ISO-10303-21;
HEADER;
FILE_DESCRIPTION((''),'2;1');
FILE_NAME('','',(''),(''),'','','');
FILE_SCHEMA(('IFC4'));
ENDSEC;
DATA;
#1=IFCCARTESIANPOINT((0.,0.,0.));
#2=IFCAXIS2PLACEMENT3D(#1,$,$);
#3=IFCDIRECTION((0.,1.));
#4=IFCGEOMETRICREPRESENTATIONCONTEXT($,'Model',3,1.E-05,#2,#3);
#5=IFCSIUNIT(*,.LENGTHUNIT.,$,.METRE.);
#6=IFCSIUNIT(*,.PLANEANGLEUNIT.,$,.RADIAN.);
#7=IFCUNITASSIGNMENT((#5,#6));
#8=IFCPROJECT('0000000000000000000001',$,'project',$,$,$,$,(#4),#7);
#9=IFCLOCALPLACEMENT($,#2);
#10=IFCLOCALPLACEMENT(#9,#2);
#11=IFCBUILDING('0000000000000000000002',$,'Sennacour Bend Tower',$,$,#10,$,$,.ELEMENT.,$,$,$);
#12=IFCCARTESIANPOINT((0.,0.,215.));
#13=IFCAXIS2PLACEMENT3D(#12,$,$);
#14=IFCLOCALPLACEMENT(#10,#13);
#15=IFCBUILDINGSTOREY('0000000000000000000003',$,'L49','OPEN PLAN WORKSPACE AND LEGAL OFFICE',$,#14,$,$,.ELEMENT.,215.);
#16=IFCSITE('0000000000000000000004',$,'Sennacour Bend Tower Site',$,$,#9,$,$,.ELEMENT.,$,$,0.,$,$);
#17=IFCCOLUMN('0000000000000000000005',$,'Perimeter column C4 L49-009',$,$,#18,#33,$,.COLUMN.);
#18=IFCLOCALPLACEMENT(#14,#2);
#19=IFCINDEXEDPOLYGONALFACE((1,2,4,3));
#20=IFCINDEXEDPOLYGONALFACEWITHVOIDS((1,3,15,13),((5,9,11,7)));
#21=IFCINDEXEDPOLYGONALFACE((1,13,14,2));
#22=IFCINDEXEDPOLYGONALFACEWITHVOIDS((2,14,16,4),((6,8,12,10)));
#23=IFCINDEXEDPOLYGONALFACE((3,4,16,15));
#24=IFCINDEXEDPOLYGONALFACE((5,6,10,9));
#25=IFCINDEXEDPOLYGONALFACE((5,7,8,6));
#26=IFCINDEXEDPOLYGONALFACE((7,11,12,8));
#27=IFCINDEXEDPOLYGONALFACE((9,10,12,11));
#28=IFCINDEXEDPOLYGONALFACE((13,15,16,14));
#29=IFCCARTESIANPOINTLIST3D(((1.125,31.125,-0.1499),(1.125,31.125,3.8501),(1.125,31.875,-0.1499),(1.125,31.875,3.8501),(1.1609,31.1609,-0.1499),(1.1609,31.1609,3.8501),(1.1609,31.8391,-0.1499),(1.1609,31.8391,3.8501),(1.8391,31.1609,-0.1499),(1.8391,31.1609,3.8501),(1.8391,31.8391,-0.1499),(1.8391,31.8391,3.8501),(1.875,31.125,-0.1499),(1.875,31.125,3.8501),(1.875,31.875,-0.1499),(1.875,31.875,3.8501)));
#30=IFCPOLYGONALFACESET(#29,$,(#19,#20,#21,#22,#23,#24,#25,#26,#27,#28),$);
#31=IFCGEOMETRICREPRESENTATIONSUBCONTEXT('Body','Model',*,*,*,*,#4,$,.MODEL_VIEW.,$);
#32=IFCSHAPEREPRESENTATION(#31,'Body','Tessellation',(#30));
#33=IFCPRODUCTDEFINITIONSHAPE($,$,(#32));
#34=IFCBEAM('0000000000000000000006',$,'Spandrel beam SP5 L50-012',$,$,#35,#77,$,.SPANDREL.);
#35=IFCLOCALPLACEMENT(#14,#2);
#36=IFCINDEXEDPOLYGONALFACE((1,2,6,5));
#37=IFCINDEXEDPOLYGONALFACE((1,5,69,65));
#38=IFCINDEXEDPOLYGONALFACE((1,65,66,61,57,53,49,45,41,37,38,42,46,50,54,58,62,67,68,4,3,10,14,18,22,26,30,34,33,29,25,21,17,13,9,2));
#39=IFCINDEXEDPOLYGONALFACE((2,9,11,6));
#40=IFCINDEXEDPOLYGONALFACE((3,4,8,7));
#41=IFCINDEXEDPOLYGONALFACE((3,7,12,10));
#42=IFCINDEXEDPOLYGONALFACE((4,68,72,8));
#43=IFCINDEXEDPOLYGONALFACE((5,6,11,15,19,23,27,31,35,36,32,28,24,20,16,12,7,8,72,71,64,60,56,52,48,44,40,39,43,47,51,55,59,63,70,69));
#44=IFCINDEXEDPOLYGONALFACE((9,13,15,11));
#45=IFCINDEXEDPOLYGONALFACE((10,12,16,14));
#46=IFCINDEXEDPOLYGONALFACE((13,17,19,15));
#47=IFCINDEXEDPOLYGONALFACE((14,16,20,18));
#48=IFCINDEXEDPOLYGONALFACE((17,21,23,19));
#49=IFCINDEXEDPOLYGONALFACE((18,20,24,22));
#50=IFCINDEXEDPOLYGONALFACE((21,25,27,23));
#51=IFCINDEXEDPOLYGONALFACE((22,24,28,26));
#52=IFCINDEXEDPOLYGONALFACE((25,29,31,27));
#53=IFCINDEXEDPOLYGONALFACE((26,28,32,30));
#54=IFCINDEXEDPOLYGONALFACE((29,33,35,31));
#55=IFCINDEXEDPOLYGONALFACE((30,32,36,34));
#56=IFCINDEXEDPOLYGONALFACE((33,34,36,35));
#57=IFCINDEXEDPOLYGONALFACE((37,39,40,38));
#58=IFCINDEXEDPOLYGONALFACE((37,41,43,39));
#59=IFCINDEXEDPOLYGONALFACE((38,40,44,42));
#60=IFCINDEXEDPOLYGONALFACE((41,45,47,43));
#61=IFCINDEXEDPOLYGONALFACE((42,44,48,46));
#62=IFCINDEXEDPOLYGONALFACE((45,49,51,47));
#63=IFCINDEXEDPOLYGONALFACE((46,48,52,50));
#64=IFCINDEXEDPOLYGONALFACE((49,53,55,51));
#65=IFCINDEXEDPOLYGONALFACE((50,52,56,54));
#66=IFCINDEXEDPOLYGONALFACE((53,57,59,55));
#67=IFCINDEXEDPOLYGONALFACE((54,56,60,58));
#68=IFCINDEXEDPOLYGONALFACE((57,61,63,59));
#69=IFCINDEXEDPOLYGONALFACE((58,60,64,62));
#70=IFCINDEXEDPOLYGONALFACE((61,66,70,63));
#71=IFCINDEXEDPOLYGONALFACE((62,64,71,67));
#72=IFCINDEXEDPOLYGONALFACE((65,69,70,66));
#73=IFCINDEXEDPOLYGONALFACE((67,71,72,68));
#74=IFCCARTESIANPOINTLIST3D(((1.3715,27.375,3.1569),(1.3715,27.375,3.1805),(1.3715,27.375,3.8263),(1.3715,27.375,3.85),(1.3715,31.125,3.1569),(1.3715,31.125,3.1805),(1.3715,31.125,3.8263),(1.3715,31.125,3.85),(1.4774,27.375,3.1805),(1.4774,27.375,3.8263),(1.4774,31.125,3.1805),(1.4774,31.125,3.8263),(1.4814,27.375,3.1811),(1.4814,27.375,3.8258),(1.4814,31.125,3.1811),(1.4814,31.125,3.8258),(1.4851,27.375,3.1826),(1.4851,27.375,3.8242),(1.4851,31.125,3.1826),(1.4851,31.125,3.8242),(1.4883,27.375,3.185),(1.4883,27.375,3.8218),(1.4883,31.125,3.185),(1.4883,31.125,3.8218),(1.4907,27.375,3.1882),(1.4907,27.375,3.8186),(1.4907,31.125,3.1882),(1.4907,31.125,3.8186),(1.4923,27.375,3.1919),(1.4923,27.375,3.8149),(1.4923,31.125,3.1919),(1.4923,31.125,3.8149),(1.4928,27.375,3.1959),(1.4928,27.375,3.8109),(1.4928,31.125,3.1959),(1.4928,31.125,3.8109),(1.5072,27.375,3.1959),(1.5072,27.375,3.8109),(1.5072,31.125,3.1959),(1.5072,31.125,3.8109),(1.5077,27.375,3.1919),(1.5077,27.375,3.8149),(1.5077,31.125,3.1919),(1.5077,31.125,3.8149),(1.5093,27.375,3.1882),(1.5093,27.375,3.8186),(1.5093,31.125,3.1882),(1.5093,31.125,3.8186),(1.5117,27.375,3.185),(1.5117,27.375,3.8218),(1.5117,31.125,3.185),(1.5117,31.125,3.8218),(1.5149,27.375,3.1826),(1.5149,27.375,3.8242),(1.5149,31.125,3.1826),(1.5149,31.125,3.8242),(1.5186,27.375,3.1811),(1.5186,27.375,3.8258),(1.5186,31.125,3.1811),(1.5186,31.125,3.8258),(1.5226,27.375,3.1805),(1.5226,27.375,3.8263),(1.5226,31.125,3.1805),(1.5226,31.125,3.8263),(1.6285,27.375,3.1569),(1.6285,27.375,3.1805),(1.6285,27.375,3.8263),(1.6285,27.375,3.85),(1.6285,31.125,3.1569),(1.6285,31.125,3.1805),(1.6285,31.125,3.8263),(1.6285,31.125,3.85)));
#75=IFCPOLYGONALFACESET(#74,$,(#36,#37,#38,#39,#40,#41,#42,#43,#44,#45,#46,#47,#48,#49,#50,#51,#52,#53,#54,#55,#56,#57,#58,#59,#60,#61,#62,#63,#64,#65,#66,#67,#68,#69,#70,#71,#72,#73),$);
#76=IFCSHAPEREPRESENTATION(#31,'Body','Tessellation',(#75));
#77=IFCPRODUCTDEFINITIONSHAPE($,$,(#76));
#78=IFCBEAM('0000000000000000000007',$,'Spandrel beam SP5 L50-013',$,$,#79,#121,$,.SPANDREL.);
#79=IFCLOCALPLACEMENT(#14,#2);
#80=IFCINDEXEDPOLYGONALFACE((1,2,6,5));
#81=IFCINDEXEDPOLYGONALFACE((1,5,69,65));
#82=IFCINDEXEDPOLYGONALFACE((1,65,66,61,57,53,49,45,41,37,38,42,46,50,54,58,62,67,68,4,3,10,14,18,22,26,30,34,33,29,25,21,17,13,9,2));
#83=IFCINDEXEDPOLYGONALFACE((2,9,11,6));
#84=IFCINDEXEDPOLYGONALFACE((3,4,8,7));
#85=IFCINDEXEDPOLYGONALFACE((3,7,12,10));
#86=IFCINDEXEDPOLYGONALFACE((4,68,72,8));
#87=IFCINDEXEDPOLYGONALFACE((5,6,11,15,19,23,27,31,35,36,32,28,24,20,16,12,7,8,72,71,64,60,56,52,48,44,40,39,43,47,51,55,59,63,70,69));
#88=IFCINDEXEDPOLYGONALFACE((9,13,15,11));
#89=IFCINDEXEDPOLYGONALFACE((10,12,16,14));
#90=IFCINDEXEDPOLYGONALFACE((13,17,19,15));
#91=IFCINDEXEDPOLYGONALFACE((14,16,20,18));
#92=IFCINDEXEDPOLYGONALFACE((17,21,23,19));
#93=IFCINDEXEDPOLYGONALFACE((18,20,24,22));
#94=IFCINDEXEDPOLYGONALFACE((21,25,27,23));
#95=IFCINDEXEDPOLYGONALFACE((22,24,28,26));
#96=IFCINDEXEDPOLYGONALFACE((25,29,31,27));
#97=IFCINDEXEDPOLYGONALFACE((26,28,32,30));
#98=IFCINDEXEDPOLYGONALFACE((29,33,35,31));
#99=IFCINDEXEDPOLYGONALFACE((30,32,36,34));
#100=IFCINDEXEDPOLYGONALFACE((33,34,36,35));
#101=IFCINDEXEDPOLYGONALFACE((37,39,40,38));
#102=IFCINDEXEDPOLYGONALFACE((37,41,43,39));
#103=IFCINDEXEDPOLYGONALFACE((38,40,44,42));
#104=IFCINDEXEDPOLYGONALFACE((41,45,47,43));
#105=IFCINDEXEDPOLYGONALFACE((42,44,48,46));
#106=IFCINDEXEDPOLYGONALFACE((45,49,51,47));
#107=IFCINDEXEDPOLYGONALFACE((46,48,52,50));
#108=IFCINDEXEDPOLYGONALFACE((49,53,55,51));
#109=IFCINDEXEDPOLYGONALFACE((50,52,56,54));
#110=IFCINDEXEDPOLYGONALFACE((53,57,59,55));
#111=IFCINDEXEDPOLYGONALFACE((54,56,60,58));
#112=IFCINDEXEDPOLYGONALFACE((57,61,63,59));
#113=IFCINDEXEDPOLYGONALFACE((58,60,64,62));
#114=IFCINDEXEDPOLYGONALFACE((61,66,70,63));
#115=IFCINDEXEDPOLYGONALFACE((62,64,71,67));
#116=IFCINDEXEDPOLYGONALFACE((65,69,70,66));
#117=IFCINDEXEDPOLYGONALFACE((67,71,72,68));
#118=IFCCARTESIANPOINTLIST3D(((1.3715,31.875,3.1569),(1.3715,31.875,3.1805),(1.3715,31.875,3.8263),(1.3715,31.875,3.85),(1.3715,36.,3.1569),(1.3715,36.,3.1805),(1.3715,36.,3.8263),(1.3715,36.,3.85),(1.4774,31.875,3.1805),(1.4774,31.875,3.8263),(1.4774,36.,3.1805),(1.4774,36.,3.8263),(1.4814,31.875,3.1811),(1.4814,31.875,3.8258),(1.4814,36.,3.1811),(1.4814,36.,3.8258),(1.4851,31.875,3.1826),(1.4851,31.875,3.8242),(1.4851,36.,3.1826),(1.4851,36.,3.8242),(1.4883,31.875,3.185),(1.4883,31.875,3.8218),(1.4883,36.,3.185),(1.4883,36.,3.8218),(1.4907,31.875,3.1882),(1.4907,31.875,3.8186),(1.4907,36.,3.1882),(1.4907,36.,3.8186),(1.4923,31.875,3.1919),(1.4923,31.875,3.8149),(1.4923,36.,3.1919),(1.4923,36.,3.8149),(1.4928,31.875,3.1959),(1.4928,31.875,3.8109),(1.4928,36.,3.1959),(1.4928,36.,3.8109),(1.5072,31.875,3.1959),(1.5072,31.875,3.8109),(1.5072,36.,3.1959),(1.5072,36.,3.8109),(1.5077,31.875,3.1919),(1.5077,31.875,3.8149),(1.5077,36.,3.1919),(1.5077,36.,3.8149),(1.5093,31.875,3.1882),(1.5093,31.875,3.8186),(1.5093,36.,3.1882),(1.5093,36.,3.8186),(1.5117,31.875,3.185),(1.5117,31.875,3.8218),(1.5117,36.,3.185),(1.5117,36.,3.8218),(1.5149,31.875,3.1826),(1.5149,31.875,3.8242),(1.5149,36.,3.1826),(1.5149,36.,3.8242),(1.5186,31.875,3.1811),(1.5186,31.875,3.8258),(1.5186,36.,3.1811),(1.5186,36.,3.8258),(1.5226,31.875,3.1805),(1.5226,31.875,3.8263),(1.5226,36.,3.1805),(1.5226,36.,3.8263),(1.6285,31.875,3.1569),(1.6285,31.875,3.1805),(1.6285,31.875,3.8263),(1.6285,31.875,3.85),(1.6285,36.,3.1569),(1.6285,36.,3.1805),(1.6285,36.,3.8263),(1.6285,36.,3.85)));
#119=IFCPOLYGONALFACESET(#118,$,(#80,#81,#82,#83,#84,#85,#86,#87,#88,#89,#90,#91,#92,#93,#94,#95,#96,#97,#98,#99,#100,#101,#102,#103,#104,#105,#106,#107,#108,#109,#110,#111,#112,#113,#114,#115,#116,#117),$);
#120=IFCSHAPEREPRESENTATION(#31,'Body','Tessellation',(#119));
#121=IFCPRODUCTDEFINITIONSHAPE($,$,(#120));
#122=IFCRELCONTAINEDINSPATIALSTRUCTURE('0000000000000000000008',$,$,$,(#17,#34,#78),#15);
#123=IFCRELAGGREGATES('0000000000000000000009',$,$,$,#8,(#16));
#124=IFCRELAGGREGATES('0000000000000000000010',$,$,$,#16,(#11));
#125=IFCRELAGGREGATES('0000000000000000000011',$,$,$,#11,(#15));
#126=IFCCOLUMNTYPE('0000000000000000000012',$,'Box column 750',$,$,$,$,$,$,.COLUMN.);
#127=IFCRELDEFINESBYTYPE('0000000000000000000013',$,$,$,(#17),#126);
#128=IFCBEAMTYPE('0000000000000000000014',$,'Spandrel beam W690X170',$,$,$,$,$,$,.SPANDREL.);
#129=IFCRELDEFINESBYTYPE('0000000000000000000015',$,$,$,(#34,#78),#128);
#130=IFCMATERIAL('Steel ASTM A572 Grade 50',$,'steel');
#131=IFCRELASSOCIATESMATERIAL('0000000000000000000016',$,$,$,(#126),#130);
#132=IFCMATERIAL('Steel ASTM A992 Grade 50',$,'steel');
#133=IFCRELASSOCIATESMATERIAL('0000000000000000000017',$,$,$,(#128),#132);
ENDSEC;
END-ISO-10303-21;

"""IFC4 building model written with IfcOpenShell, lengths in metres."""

from ifc_helpers import new_model, si_unit, direction, frame, origin, origin_2d, place, context, subcontext, project, spatial, hollow_rectangle, i_section, extrude, material, material_profile, profile_set, type_object, element, save


model = new_model("IFC4")

# Units and contexts
model_context = context("Model", 3, precision=1e-05, world=origin(), true_north=direction((0.0, 1.0)))
body_context = subcontext(model_context, "Body", "Model", "MODEL_VIEW")
ifc_project = project(units=[si_unit("LENGTHUNIT", "METRE"), si_unit("PLANEANGLEUNIT", "RADIAN")], contexts=[model_context])

# Site, building, storey
site_placement = place(None, origin())
site = spatial("IfcSite", under=ifc_project, at=site_placement, Name="Sennacour Bend Tower Site", CompositionType="ELEMENT", RefElevation=0.0)
building_placement = place(site_placement, origin())
building = spatial("IfcBuilding", under=site, at=building_placement, Name="Sennacour Bend Tower", CompositionType="ELEMENT")
storey_placement = place(building_placement, frame((0.0, 0.0, 215.0)))
storey = spatial("IfcBuildingStorey", under=building, at=storey_placement, Name="L49", Description="OPEN PLAN WORKSPACE AND LEGAL OFFICE", CompositionType="ELEMENT", Elevation=215.0)

# Column
ifc_material_1 = material(Name="Steel ASTM A572 Grade 50", Category="steel")
ifc_material_profile_1 = material_profile(ifc_material_1, hollow_rectangle(XDim=0.75, YDim=0.75, WallThickness=0.0359, at=origin_2d()), Name="Steel ASTM A572 Grade 50", Category="steel")
ifc_profile_set_1 = profile_set([ifc_material_profile_1], Name="Steel ASTM A572 Grade 50")
column_type = type_object("IfcColumnType", Name="Box column 750", PredefinedType="COLUMN", material=ifc_profile_set_1)
column_placement = place(storey_placement, frame((1.5, 31.5, -0.1499), z_axis=(0.0, 0.0, 1.0), x_axis=(1.0, 0.0, 0.0)))
element("IfcColumn", 1, at=column_placement, inside=storey, type_object=column_type, Name="Perimeter column C4 L49-009", PredefinedType="COLUMN", context=body_context, shape_type="SweptSolid", body=[
    extrude(hollow_rectangle(XDim=0.75, YDim=0.75, WallThickness=0.0359, at=origin_2d()), origin(), (0.0, 0.0, 1.0), 4.0),
])

# Beams
ifc_material_2 = material(Name="Steel ASTM A992 Grade 50", Category="steel")
ifc_material_profile_2 = material_profile(ifc_material_2, i_section(OverallWidth=0.2571, OverallDepth=0.6931, WebThickness=0.0144, FlangeThickness=0.0237, FilletRadius=0.0154, at=origin_2d()), Name="Steel ASTM A992 Grade 50", Category="steel")
ifc_profile_set_2 = profile_set([ifc_material_profile_2], Name="Steel ASTM A992 Grade 50")
beam_type = type_object("IfcBeamType", Name="Spandrel beam W690X170", PredefinedType="SPANDREL", material=ifc_profile_set_2)
beam_1_placement = place(storey_placement, frame((1.5, 27.375, 3.5034), z_axis=(0.0, 1.0, 0.0), x_axis=(-1.0, 0.0, 0.0)))
element("IfcBeam", 2, at=beam_1_placement, inside=storey, type_object=beam_type, Name="Spandrel beam SP5 L50-012", PredefinedType="SPANDREL", context=body_context, shape_type="SweptSolid", body=[
    extrude(i_section(OverallWidth=0.2571, OverallDepth=0.6931, WebThickness=0.0144, FlangeThickness=0.0237, FilletRadius=0.0154, at=origin_2d()), origin(), (0.0, 0.0, 1.0), 3.75),
])
beam_2_placement = place(storey_placement, frame((1.5, 31.875, 3.5034), z_axis=(0.0, 1.0, 0.0), x_axis=(-1.0, 0.0, 0.0)))
element("IfcBeam", 3, at=beam_2_placement, inside=storey, type_object=beam_type, Name="Spandrel beam SP5 L50-013", PredefinedType="SPANDREL", context=body_context, shape_type="SweptSolid", body=[
    extrude(i_section(OverallWidth=0.2571, OverallDepth=0.6931, WebThickness=0.0144, FlangeThickness=0.0237, FilletRadius=0.0154, at=origin_2d()), origin(), (0.0, 0.0, 1.0), 4.125),
])

save(model, "model.ifc")
